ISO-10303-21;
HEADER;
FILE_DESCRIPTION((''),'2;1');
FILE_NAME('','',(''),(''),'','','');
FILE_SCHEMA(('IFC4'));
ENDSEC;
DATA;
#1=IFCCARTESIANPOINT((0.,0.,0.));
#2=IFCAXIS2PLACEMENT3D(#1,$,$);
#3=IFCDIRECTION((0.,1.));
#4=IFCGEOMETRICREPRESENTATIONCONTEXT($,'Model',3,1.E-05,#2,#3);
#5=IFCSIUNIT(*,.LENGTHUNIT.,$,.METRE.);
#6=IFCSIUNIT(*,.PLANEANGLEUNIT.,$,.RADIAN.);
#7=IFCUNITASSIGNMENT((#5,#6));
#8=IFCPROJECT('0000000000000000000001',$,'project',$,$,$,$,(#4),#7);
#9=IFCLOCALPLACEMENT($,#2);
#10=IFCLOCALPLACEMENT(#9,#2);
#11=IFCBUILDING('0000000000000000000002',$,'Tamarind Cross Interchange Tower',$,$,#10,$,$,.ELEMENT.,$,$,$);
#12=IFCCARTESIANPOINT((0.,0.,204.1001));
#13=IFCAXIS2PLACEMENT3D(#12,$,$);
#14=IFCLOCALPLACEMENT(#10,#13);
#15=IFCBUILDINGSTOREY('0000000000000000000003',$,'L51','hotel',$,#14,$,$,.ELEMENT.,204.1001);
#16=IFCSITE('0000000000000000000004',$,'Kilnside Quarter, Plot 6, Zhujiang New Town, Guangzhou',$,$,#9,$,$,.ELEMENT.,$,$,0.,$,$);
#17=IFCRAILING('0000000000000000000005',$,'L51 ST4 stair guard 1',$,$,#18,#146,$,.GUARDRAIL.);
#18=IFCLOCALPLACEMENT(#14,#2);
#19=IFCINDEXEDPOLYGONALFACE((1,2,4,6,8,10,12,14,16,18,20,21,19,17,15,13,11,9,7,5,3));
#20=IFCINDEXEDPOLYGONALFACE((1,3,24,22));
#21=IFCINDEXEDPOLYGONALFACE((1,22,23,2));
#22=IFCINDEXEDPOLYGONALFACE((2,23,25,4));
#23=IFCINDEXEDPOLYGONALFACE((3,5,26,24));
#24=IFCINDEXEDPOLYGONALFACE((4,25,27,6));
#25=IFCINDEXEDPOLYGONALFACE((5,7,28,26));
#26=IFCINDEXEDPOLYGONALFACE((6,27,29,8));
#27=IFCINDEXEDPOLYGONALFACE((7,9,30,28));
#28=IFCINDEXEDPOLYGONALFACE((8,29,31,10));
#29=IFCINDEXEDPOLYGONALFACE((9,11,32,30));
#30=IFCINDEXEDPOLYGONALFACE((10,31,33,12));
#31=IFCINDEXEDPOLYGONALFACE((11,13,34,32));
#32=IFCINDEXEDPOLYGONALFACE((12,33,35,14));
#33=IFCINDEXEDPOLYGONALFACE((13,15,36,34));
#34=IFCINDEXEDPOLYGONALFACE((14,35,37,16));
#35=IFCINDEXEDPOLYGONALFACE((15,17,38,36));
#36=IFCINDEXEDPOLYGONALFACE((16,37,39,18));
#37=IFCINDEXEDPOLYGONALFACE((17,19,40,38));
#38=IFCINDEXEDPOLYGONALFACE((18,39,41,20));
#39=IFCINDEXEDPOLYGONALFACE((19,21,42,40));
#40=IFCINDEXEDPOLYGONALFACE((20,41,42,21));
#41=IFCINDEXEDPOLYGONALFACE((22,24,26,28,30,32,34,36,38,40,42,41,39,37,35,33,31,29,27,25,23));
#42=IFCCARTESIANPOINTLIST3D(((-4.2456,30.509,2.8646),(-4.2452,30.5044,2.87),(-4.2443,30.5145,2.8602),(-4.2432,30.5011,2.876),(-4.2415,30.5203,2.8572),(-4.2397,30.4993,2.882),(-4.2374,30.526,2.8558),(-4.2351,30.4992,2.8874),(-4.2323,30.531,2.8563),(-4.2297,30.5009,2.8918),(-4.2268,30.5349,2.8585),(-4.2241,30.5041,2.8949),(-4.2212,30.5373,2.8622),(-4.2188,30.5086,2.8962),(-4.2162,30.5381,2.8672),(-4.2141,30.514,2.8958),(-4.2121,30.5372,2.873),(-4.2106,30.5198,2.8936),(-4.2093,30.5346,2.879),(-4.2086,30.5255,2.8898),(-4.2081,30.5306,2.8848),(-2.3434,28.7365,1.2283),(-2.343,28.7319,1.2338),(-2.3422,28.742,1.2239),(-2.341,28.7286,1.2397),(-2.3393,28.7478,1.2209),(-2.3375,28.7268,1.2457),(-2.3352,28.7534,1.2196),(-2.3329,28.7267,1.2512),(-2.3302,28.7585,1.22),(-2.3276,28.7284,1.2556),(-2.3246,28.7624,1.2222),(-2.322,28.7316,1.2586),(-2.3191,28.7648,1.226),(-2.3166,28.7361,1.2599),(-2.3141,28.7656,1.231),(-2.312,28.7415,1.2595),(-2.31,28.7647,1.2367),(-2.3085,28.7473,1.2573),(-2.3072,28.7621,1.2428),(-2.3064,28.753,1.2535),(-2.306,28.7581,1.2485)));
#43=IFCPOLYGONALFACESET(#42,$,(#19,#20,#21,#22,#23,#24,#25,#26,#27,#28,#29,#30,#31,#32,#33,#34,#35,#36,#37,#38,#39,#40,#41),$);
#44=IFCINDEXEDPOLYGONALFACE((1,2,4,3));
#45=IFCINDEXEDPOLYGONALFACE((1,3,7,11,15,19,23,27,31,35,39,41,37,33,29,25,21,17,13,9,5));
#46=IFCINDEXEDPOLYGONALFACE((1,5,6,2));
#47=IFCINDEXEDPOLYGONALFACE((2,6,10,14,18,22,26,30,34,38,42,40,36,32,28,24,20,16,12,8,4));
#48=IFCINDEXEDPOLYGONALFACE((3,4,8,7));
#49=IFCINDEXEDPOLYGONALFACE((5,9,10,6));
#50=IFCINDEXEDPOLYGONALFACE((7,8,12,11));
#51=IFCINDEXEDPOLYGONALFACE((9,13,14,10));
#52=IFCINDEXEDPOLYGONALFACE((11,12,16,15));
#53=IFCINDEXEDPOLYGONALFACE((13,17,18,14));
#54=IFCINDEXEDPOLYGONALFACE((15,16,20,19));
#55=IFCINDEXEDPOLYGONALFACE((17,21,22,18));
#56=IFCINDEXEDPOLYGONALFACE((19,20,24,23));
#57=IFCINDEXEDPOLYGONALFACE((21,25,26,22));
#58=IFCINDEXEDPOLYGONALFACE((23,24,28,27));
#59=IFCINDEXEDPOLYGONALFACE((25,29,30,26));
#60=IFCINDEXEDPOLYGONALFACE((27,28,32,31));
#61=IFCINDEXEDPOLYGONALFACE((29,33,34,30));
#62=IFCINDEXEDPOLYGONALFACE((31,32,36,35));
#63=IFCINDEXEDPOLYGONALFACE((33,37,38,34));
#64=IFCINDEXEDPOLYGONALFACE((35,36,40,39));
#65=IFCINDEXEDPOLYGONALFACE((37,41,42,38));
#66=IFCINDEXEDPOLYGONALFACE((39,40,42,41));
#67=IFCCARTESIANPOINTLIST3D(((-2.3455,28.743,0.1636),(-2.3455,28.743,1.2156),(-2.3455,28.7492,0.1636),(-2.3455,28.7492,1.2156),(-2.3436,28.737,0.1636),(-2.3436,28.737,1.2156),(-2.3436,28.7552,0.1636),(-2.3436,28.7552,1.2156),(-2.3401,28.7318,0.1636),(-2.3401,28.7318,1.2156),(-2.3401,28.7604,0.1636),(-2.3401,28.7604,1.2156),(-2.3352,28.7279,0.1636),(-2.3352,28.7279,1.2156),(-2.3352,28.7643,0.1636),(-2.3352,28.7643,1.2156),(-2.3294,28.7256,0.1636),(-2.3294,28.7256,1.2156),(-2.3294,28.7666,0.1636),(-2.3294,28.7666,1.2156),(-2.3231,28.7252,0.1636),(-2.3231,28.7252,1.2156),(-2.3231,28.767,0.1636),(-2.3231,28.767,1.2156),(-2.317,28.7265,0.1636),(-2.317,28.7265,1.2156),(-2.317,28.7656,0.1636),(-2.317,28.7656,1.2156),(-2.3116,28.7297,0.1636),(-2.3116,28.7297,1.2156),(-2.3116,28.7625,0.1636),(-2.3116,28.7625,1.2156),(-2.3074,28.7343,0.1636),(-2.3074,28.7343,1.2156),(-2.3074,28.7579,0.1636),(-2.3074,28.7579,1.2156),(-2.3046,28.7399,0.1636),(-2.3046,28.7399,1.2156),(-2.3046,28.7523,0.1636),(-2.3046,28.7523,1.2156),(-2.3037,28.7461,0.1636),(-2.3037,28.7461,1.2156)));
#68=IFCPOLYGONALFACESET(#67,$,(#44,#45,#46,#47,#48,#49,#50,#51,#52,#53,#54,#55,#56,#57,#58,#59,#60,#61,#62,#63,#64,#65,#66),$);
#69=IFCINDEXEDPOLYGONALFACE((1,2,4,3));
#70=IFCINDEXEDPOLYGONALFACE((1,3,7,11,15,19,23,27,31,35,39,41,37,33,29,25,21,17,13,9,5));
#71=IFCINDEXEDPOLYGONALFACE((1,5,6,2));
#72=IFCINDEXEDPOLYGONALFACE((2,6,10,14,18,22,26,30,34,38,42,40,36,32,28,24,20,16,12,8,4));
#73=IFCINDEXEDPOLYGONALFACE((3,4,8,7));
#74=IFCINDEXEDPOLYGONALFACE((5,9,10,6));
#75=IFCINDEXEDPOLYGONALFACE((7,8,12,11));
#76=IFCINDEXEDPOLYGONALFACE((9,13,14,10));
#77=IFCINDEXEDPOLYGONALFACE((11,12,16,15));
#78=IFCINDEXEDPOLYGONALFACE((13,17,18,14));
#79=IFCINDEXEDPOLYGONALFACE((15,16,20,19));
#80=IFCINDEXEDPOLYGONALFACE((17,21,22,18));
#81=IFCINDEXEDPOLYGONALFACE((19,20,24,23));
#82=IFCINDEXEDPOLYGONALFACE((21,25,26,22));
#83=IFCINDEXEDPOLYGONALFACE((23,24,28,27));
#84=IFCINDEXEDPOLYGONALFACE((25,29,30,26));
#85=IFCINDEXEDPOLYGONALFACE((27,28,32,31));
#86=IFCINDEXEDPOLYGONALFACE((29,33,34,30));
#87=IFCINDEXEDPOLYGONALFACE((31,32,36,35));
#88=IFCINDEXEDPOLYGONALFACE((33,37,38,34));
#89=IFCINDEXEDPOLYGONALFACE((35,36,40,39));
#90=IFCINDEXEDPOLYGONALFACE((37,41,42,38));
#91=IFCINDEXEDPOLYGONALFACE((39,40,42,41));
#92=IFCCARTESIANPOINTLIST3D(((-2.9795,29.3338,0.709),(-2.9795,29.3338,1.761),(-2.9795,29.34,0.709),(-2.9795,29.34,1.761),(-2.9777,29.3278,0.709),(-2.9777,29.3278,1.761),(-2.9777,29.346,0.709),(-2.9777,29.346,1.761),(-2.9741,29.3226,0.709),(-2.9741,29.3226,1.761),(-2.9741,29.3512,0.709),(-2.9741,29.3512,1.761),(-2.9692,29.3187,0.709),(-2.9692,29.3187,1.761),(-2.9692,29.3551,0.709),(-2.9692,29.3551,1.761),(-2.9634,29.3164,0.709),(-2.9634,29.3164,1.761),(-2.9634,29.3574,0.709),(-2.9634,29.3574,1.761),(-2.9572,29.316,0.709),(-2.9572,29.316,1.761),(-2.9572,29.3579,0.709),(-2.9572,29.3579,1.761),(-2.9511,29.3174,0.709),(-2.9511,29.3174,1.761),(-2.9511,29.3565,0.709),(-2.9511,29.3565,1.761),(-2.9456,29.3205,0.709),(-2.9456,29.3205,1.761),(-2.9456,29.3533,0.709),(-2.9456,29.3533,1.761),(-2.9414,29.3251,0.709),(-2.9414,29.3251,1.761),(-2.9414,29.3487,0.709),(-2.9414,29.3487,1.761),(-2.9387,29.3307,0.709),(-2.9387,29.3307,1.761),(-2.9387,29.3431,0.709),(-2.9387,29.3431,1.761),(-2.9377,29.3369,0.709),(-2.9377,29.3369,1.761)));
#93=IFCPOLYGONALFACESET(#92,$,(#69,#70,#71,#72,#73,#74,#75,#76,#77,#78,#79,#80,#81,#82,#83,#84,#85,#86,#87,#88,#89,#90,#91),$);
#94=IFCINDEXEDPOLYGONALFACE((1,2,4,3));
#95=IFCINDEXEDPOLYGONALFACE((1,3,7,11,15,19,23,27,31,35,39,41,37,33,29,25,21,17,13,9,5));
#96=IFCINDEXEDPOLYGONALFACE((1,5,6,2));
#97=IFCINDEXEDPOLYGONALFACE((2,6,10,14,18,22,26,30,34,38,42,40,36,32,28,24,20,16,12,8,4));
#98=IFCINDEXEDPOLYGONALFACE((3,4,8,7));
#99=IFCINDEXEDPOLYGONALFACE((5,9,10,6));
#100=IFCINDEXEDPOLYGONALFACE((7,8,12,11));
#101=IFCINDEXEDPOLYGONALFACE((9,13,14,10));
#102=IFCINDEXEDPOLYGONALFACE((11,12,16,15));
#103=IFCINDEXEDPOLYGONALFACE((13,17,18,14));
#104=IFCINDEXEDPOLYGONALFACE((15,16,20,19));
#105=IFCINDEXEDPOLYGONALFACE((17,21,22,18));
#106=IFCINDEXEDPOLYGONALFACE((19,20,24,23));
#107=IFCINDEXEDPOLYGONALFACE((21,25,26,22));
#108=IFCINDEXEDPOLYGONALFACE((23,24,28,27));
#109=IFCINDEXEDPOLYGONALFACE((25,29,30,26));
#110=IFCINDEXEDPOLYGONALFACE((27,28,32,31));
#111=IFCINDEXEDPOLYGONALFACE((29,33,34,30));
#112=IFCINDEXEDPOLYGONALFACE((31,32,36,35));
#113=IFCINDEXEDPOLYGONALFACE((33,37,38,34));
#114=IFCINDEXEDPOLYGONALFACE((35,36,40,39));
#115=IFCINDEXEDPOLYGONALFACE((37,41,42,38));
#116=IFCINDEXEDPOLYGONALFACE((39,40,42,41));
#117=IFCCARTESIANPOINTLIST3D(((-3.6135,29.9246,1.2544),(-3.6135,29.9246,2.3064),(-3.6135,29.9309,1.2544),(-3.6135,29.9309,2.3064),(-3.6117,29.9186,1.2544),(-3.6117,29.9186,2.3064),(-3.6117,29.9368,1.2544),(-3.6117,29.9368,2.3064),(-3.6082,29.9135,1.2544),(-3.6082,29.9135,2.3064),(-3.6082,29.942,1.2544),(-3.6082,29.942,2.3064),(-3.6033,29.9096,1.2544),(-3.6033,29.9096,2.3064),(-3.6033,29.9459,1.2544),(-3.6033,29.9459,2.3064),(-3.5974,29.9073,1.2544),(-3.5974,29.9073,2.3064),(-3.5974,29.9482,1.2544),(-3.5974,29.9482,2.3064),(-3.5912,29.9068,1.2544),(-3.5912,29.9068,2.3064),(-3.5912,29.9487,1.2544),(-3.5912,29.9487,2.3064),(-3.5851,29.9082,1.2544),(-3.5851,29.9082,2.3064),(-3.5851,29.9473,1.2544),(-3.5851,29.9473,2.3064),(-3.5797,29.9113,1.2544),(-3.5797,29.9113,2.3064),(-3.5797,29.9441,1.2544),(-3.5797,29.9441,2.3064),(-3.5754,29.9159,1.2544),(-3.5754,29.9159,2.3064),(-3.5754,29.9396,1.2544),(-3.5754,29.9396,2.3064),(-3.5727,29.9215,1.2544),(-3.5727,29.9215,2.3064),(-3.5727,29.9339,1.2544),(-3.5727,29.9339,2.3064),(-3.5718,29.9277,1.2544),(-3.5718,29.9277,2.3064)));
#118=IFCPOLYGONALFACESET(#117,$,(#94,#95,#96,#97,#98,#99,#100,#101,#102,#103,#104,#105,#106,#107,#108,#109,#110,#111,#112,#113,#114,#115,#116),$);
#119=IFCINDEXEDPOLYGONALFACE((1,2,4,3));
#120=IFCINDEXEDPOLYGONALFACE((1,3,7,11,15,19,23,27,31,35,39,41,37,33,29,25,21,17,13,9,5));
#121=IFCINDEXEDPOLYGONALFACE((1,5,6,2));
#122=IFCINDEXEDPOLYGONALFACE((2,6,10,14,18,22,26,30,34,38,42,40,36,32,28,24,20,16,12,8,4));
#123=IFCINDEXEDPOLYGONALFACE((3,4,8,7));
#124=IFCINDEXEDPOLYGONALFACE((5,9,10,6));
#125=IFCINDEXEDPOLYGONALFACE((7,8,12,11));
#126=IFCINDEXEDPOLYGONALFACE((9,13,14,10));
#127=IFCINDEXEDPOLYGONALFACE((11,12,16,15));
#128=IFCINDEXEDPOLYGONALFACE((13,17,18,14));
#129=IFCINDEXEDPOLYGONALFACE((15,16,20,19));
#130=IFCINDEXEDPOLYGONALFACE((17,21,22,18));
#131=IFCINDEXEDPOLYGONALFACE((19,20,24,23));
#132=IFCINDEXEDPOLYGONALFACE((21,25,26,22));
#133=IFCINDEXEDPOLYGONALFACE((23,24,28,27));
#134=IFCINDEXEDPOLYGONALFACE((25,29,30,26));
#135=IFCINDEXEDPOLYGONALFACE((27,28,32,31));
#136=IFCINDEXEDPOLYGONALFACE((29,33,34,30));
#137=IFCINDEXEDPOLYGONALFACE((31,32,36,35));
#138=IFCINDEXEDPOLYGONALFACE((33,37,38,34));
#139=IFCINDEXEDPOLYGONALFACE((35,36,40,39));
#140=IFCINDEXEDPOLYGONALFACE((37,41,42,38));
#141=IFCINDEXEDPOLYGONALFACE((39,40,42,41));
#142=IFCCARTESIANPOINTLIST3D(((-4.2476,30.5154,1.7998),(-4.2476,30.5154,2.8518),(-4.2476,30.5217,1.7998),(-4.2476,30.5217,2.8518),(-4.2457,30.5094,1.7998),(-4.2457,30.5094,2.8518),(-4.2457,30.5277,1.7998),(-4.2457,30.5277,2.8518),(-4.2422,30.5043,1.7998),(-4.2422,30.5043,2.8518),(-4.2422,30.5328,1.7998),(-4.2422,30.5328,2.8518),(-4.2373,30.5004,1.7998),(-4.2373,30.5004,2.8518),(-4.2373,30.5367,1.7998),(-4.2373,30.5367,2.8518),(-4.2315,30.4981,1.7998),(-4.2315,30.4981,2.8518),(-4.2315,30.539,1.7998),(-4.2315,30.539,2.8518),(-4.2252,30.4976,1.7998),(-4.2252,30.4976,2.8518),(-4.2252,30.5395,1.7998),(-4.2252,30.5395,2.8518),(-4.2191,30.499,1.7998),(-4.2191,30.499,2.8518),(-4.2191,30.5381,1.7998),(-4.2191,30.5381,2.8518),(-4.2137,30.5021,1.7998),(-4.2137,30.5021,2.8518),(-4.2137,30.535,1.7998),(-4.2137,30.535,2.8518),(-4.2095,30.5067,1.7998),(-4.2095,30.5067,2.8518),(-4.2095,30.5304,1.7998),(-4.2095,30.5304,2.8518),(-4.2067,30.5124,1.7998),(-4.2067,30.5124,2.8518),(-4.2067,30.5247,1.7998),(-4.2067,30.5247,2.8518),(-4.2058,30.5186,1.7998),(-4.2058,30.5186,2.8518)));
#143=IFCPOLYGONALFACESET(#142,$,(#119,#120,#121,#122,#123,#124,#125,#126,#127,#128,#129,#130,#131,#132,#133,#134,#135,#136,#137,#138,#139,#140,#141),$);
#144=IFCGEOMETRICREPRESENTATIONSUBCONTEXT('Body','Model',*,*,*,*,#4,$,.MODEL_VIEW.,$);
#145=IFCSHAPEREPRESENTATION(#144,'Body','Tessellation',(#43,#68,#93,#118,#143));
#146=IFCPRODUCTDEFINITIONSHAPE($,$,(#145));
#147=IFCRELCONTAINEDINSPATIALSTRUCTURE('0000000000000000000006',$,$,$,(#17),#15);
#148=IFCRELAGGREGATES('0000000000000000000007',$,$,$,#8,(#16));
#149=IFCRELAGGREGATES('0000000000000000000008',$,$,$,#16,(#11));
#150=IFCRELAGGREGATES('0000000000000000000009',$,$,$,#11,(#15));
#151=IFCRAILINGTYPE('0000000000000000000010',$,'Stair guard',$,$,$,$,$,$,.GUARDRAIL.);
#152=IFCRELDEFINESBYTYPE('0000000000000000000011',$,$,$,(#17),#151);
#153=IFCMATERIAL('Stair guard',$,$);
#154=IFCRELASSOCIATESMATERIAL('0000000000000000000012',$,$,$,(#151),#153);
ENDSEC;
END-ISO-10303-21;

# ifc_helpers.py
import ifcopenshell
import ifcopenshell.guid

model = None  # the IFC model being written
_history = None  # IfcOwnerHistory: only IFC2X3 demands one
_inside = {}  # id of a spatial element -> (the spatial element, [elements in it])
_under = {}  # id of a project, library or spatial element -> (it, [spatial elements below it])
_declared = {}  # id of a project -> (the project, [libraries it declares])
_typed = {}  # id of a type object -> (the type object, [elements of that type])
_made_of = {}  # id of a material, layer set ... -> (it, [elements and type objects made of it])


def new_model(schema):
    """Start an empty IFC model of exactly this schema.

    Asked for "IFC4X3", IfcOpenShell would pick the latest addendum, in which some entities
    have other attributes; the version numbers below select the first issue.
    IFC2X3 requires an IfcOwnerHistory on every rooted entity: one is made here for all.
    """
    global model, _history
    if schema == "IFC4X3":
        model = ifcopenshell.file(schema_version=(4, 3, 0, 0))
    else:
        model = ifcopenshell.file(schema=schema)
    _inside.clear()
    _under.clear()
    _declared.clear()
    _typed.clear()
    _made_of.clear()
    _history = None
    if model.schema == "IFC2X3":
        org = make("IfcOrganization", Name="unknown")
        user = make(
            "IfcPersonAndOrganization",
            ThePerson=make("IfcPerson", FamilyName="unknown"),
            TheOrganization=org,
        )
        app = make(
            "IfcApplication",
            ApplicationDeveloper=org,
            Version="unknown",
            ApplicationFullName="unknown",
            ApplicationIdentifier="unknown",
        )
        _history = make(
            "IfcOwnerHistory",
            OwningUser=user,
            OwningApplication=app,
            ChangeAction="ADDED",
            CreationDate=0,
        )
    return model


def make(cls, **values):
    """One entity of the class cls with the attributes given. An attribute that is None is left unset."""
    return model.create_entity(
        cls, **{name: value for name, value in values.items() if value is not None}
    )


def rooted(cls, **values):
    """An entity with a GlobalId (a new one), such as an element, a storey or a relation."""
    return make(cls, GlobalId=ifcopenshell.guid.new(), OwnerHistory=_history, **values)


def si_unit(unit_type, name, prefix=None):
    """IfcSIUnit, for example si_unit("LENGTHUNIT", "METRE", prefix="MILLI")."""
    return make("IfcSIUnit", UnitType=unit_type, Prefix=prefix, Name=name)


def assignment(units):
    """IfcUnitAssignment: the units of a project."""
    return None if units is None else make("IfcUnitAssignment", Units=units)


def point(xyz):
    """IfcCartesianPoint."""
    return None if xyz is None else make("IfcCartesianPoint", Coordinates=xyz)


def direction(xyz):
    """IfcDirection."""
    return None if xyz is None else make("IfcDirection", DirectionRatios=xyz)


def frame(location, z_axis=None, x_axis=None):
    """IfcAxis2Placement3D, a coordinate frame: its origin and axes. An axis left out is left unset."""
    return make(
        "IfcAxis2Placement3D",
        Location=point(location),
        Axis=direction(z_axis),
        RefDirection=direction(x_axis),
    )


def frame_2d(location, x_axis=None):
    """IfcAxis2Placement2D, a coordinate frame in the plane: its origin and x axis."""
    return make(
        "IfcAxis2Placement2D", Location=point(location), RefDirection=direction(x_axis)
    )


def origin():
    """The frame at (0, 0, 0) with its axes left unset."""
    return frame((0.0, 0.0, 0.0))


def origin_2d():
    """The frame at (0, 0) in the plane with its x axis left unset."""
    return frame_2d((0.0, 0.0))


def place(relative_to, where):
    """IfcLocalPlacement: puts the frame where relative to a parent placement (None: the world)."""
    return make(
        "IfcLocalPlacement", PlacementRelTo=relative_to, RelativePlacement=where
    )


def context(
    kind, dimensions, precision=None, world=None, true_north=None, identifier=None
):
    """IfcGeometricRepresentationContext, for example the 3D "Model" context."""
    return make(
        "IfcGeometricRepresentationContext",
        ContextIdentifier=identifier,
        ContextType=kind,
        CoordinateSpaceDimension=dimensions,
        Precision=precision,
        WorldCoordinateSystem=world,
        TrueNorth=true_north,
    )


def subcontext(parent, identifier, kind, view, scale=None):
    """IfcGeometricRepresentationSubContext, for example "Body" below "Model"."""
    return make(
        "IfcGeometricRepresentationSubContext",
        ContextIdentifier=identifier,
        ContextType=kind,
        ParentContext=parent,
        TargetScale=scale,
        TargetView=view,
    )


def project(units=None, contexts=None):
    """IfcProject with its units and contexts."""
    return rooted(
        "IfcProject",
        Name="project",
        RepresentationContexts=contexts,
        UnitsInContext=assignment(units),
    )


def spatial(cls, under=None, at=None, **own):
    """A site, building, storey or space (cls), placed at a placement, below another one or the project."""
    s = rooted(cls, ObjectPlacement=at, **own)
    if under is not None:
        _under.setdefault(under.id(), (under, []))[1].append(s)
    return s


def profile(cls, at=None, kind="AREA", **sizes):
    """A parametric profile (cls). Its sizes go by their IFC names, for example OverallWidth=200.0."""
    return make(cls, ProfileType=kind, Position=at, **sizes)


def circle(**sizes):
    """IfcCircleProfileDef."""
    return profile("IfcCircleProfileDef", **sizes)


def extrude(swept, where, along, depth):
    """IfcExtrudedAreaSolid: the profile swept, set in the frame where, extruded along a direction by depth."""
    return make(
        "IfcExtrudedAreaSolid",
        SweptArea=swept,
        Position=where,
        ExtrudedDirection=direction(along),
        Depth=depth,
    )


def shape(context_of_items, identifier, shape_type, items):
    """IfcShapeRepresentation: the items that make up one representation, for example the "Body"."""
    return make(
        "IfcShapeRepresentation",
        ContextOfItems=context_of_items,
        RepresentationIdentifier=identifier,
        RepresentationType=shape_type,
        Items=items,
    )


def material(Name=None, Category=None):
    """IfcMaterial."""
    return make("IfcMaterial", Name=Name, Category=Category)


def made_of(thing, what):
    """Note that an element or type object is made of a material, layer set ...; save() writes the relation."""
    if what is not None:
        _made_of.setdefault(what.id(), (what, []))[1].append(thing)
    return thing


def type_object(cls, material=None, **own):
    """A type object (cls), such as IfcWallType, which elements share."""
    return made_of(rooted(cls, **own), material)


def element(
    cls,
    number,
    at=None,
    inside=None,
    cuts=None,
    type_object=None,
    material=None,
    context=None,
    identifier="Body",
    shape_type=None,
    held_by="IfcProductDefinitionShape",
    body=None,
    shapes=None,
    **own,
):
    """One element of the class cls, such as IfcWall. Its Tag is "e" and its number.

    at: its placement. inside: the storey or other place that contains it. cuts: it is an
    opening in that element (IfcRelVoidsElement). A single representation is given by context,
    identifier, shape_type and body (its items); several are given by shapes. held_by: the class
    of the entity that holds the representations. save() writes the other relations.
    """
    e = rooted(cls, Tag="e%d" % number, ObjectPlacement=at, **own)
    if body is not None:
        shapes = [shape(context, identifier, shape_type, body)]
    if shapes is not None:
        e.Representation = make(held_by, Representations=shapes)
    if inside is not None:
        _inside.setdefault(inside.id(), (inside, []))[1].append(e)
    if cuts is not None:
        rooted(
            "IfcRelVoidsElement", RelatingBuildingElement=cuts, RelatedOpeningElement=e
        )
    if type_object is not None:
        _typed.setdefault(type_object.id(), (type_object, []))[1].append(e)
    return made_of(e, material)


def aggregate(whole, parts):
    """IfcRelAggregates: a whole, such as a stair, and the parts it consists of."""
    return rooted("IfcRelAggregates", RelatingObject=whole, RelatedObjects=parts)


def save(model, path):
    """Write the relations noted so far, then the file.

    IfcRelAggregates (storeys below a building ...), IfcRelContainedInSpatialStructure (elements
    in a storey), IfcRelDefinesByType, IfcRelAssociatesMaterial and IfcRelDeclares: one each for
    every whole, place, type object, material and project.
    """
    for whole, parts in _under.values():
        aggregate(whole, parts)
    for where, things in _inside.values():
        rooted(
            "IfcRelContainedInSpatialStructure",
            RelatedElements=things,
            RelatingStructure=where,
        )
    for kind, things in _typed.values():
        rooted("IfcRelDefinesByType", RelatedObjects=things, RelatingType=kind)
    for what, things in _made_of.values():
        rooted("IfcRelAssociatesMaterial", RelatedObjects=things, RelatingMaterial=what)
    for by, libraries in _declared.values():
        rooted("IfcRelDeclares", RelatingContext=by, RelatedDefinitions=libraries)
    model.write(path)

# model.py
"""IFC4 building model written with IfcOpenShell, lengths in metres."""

from ifc_helpers import new_model, si_unit, direction, frame, origin, origin_2d, place, context, subcontext, project, spatial, circle, extrude, material, type_object, element, save


model = new_model("IFC4")

# Units and contexts
model_context = context("Model", 3, precision=1e-05, world=origin(), true_north=direction((0.0, 1.0)))
body_context = subcontext(model_context, "Body", "Model", "MODEL_VIEW")
ifc_project = project(units=[si_unit("LENGTHUNIT", "METRE"), si_unit("PLANEANGLEUNIT", "RADIAN")], contexts=[model_context])

# Site, building, storey
site_placement = place(None, origin())
site = spatial("IfcSite", under=ifc_project, at=site_placement, Name="Kilnside Quarter, Plot 6, Zhujiang New Town, Guangzhou", CompositionType="ELEMENT", RefElevation=0.0)
building_placement = place(site_placement, origin())
building = spatial("IfcBuilding", under=site, at=building_placement, Name="Tamarind Cross Interchange Tower", CompositionType="ELEMENT")
storey_placement = place(building_placement, frame((0.0, 0.0, 204.1001)))
storey = spatial("IfcBuildingStorey", under=building, at=storey_placement, Name="L51", Description="hotel", CompositionType="ELEMENT", Elevation=204.1001)

# Railing
ifc_material_1 = material(Name="Stair guard")
railing_type_1 = type_object("IfcRailingType", Name="Stair guard", PredefinedType="GUARDRAIL", material=ifc_material_1)
railing_1_placement = place(storey_placement, frame((-2.3247, 28.7461, 0.1636)))
element("IfcRailing", 1, at=railing_1_placement, inside=storey, type_object=railing_type_1, Name="L51 ST4 stair guard 1", PredefinedType="GUARDRAIL", context=body_context, shape_type="SweptSolid", body=[
    extrude(circle(Radius=0.0239, at=origin_2d()), frame((0.0, 0.0, 1.0762), z_axis=(-0.619184, 0.576983, 0.532637), x_axis=(-0.681736, -0.731598, 0.0)), (0.0, 0.0, 1.0), 3.072),
    extrude(circle(Radius=0.021, at=origin_2d()), origin(), (0.0, 0.0, 1.0), 1.052),
    extrude(circle(Radius=0.021, at=origin_2d()), frame((-0.634, 0.5908, 0.5454)), (0.0, 0.0, 1.0), 1.052),
    extrude(circle(Radius=0.021, at=origin_2d()), frame((-1.2681, 1.1816, 1.0908)), (0.0, 0.0, 1.0), 1.052),
    extrude(circle(Radius=0.021, at=origin_2d()), frame((-1.9021, 1.7725, 1.6362)), (0.0, 0.0, 1.0), 1.052),
])

save(model, "model.ifc")
